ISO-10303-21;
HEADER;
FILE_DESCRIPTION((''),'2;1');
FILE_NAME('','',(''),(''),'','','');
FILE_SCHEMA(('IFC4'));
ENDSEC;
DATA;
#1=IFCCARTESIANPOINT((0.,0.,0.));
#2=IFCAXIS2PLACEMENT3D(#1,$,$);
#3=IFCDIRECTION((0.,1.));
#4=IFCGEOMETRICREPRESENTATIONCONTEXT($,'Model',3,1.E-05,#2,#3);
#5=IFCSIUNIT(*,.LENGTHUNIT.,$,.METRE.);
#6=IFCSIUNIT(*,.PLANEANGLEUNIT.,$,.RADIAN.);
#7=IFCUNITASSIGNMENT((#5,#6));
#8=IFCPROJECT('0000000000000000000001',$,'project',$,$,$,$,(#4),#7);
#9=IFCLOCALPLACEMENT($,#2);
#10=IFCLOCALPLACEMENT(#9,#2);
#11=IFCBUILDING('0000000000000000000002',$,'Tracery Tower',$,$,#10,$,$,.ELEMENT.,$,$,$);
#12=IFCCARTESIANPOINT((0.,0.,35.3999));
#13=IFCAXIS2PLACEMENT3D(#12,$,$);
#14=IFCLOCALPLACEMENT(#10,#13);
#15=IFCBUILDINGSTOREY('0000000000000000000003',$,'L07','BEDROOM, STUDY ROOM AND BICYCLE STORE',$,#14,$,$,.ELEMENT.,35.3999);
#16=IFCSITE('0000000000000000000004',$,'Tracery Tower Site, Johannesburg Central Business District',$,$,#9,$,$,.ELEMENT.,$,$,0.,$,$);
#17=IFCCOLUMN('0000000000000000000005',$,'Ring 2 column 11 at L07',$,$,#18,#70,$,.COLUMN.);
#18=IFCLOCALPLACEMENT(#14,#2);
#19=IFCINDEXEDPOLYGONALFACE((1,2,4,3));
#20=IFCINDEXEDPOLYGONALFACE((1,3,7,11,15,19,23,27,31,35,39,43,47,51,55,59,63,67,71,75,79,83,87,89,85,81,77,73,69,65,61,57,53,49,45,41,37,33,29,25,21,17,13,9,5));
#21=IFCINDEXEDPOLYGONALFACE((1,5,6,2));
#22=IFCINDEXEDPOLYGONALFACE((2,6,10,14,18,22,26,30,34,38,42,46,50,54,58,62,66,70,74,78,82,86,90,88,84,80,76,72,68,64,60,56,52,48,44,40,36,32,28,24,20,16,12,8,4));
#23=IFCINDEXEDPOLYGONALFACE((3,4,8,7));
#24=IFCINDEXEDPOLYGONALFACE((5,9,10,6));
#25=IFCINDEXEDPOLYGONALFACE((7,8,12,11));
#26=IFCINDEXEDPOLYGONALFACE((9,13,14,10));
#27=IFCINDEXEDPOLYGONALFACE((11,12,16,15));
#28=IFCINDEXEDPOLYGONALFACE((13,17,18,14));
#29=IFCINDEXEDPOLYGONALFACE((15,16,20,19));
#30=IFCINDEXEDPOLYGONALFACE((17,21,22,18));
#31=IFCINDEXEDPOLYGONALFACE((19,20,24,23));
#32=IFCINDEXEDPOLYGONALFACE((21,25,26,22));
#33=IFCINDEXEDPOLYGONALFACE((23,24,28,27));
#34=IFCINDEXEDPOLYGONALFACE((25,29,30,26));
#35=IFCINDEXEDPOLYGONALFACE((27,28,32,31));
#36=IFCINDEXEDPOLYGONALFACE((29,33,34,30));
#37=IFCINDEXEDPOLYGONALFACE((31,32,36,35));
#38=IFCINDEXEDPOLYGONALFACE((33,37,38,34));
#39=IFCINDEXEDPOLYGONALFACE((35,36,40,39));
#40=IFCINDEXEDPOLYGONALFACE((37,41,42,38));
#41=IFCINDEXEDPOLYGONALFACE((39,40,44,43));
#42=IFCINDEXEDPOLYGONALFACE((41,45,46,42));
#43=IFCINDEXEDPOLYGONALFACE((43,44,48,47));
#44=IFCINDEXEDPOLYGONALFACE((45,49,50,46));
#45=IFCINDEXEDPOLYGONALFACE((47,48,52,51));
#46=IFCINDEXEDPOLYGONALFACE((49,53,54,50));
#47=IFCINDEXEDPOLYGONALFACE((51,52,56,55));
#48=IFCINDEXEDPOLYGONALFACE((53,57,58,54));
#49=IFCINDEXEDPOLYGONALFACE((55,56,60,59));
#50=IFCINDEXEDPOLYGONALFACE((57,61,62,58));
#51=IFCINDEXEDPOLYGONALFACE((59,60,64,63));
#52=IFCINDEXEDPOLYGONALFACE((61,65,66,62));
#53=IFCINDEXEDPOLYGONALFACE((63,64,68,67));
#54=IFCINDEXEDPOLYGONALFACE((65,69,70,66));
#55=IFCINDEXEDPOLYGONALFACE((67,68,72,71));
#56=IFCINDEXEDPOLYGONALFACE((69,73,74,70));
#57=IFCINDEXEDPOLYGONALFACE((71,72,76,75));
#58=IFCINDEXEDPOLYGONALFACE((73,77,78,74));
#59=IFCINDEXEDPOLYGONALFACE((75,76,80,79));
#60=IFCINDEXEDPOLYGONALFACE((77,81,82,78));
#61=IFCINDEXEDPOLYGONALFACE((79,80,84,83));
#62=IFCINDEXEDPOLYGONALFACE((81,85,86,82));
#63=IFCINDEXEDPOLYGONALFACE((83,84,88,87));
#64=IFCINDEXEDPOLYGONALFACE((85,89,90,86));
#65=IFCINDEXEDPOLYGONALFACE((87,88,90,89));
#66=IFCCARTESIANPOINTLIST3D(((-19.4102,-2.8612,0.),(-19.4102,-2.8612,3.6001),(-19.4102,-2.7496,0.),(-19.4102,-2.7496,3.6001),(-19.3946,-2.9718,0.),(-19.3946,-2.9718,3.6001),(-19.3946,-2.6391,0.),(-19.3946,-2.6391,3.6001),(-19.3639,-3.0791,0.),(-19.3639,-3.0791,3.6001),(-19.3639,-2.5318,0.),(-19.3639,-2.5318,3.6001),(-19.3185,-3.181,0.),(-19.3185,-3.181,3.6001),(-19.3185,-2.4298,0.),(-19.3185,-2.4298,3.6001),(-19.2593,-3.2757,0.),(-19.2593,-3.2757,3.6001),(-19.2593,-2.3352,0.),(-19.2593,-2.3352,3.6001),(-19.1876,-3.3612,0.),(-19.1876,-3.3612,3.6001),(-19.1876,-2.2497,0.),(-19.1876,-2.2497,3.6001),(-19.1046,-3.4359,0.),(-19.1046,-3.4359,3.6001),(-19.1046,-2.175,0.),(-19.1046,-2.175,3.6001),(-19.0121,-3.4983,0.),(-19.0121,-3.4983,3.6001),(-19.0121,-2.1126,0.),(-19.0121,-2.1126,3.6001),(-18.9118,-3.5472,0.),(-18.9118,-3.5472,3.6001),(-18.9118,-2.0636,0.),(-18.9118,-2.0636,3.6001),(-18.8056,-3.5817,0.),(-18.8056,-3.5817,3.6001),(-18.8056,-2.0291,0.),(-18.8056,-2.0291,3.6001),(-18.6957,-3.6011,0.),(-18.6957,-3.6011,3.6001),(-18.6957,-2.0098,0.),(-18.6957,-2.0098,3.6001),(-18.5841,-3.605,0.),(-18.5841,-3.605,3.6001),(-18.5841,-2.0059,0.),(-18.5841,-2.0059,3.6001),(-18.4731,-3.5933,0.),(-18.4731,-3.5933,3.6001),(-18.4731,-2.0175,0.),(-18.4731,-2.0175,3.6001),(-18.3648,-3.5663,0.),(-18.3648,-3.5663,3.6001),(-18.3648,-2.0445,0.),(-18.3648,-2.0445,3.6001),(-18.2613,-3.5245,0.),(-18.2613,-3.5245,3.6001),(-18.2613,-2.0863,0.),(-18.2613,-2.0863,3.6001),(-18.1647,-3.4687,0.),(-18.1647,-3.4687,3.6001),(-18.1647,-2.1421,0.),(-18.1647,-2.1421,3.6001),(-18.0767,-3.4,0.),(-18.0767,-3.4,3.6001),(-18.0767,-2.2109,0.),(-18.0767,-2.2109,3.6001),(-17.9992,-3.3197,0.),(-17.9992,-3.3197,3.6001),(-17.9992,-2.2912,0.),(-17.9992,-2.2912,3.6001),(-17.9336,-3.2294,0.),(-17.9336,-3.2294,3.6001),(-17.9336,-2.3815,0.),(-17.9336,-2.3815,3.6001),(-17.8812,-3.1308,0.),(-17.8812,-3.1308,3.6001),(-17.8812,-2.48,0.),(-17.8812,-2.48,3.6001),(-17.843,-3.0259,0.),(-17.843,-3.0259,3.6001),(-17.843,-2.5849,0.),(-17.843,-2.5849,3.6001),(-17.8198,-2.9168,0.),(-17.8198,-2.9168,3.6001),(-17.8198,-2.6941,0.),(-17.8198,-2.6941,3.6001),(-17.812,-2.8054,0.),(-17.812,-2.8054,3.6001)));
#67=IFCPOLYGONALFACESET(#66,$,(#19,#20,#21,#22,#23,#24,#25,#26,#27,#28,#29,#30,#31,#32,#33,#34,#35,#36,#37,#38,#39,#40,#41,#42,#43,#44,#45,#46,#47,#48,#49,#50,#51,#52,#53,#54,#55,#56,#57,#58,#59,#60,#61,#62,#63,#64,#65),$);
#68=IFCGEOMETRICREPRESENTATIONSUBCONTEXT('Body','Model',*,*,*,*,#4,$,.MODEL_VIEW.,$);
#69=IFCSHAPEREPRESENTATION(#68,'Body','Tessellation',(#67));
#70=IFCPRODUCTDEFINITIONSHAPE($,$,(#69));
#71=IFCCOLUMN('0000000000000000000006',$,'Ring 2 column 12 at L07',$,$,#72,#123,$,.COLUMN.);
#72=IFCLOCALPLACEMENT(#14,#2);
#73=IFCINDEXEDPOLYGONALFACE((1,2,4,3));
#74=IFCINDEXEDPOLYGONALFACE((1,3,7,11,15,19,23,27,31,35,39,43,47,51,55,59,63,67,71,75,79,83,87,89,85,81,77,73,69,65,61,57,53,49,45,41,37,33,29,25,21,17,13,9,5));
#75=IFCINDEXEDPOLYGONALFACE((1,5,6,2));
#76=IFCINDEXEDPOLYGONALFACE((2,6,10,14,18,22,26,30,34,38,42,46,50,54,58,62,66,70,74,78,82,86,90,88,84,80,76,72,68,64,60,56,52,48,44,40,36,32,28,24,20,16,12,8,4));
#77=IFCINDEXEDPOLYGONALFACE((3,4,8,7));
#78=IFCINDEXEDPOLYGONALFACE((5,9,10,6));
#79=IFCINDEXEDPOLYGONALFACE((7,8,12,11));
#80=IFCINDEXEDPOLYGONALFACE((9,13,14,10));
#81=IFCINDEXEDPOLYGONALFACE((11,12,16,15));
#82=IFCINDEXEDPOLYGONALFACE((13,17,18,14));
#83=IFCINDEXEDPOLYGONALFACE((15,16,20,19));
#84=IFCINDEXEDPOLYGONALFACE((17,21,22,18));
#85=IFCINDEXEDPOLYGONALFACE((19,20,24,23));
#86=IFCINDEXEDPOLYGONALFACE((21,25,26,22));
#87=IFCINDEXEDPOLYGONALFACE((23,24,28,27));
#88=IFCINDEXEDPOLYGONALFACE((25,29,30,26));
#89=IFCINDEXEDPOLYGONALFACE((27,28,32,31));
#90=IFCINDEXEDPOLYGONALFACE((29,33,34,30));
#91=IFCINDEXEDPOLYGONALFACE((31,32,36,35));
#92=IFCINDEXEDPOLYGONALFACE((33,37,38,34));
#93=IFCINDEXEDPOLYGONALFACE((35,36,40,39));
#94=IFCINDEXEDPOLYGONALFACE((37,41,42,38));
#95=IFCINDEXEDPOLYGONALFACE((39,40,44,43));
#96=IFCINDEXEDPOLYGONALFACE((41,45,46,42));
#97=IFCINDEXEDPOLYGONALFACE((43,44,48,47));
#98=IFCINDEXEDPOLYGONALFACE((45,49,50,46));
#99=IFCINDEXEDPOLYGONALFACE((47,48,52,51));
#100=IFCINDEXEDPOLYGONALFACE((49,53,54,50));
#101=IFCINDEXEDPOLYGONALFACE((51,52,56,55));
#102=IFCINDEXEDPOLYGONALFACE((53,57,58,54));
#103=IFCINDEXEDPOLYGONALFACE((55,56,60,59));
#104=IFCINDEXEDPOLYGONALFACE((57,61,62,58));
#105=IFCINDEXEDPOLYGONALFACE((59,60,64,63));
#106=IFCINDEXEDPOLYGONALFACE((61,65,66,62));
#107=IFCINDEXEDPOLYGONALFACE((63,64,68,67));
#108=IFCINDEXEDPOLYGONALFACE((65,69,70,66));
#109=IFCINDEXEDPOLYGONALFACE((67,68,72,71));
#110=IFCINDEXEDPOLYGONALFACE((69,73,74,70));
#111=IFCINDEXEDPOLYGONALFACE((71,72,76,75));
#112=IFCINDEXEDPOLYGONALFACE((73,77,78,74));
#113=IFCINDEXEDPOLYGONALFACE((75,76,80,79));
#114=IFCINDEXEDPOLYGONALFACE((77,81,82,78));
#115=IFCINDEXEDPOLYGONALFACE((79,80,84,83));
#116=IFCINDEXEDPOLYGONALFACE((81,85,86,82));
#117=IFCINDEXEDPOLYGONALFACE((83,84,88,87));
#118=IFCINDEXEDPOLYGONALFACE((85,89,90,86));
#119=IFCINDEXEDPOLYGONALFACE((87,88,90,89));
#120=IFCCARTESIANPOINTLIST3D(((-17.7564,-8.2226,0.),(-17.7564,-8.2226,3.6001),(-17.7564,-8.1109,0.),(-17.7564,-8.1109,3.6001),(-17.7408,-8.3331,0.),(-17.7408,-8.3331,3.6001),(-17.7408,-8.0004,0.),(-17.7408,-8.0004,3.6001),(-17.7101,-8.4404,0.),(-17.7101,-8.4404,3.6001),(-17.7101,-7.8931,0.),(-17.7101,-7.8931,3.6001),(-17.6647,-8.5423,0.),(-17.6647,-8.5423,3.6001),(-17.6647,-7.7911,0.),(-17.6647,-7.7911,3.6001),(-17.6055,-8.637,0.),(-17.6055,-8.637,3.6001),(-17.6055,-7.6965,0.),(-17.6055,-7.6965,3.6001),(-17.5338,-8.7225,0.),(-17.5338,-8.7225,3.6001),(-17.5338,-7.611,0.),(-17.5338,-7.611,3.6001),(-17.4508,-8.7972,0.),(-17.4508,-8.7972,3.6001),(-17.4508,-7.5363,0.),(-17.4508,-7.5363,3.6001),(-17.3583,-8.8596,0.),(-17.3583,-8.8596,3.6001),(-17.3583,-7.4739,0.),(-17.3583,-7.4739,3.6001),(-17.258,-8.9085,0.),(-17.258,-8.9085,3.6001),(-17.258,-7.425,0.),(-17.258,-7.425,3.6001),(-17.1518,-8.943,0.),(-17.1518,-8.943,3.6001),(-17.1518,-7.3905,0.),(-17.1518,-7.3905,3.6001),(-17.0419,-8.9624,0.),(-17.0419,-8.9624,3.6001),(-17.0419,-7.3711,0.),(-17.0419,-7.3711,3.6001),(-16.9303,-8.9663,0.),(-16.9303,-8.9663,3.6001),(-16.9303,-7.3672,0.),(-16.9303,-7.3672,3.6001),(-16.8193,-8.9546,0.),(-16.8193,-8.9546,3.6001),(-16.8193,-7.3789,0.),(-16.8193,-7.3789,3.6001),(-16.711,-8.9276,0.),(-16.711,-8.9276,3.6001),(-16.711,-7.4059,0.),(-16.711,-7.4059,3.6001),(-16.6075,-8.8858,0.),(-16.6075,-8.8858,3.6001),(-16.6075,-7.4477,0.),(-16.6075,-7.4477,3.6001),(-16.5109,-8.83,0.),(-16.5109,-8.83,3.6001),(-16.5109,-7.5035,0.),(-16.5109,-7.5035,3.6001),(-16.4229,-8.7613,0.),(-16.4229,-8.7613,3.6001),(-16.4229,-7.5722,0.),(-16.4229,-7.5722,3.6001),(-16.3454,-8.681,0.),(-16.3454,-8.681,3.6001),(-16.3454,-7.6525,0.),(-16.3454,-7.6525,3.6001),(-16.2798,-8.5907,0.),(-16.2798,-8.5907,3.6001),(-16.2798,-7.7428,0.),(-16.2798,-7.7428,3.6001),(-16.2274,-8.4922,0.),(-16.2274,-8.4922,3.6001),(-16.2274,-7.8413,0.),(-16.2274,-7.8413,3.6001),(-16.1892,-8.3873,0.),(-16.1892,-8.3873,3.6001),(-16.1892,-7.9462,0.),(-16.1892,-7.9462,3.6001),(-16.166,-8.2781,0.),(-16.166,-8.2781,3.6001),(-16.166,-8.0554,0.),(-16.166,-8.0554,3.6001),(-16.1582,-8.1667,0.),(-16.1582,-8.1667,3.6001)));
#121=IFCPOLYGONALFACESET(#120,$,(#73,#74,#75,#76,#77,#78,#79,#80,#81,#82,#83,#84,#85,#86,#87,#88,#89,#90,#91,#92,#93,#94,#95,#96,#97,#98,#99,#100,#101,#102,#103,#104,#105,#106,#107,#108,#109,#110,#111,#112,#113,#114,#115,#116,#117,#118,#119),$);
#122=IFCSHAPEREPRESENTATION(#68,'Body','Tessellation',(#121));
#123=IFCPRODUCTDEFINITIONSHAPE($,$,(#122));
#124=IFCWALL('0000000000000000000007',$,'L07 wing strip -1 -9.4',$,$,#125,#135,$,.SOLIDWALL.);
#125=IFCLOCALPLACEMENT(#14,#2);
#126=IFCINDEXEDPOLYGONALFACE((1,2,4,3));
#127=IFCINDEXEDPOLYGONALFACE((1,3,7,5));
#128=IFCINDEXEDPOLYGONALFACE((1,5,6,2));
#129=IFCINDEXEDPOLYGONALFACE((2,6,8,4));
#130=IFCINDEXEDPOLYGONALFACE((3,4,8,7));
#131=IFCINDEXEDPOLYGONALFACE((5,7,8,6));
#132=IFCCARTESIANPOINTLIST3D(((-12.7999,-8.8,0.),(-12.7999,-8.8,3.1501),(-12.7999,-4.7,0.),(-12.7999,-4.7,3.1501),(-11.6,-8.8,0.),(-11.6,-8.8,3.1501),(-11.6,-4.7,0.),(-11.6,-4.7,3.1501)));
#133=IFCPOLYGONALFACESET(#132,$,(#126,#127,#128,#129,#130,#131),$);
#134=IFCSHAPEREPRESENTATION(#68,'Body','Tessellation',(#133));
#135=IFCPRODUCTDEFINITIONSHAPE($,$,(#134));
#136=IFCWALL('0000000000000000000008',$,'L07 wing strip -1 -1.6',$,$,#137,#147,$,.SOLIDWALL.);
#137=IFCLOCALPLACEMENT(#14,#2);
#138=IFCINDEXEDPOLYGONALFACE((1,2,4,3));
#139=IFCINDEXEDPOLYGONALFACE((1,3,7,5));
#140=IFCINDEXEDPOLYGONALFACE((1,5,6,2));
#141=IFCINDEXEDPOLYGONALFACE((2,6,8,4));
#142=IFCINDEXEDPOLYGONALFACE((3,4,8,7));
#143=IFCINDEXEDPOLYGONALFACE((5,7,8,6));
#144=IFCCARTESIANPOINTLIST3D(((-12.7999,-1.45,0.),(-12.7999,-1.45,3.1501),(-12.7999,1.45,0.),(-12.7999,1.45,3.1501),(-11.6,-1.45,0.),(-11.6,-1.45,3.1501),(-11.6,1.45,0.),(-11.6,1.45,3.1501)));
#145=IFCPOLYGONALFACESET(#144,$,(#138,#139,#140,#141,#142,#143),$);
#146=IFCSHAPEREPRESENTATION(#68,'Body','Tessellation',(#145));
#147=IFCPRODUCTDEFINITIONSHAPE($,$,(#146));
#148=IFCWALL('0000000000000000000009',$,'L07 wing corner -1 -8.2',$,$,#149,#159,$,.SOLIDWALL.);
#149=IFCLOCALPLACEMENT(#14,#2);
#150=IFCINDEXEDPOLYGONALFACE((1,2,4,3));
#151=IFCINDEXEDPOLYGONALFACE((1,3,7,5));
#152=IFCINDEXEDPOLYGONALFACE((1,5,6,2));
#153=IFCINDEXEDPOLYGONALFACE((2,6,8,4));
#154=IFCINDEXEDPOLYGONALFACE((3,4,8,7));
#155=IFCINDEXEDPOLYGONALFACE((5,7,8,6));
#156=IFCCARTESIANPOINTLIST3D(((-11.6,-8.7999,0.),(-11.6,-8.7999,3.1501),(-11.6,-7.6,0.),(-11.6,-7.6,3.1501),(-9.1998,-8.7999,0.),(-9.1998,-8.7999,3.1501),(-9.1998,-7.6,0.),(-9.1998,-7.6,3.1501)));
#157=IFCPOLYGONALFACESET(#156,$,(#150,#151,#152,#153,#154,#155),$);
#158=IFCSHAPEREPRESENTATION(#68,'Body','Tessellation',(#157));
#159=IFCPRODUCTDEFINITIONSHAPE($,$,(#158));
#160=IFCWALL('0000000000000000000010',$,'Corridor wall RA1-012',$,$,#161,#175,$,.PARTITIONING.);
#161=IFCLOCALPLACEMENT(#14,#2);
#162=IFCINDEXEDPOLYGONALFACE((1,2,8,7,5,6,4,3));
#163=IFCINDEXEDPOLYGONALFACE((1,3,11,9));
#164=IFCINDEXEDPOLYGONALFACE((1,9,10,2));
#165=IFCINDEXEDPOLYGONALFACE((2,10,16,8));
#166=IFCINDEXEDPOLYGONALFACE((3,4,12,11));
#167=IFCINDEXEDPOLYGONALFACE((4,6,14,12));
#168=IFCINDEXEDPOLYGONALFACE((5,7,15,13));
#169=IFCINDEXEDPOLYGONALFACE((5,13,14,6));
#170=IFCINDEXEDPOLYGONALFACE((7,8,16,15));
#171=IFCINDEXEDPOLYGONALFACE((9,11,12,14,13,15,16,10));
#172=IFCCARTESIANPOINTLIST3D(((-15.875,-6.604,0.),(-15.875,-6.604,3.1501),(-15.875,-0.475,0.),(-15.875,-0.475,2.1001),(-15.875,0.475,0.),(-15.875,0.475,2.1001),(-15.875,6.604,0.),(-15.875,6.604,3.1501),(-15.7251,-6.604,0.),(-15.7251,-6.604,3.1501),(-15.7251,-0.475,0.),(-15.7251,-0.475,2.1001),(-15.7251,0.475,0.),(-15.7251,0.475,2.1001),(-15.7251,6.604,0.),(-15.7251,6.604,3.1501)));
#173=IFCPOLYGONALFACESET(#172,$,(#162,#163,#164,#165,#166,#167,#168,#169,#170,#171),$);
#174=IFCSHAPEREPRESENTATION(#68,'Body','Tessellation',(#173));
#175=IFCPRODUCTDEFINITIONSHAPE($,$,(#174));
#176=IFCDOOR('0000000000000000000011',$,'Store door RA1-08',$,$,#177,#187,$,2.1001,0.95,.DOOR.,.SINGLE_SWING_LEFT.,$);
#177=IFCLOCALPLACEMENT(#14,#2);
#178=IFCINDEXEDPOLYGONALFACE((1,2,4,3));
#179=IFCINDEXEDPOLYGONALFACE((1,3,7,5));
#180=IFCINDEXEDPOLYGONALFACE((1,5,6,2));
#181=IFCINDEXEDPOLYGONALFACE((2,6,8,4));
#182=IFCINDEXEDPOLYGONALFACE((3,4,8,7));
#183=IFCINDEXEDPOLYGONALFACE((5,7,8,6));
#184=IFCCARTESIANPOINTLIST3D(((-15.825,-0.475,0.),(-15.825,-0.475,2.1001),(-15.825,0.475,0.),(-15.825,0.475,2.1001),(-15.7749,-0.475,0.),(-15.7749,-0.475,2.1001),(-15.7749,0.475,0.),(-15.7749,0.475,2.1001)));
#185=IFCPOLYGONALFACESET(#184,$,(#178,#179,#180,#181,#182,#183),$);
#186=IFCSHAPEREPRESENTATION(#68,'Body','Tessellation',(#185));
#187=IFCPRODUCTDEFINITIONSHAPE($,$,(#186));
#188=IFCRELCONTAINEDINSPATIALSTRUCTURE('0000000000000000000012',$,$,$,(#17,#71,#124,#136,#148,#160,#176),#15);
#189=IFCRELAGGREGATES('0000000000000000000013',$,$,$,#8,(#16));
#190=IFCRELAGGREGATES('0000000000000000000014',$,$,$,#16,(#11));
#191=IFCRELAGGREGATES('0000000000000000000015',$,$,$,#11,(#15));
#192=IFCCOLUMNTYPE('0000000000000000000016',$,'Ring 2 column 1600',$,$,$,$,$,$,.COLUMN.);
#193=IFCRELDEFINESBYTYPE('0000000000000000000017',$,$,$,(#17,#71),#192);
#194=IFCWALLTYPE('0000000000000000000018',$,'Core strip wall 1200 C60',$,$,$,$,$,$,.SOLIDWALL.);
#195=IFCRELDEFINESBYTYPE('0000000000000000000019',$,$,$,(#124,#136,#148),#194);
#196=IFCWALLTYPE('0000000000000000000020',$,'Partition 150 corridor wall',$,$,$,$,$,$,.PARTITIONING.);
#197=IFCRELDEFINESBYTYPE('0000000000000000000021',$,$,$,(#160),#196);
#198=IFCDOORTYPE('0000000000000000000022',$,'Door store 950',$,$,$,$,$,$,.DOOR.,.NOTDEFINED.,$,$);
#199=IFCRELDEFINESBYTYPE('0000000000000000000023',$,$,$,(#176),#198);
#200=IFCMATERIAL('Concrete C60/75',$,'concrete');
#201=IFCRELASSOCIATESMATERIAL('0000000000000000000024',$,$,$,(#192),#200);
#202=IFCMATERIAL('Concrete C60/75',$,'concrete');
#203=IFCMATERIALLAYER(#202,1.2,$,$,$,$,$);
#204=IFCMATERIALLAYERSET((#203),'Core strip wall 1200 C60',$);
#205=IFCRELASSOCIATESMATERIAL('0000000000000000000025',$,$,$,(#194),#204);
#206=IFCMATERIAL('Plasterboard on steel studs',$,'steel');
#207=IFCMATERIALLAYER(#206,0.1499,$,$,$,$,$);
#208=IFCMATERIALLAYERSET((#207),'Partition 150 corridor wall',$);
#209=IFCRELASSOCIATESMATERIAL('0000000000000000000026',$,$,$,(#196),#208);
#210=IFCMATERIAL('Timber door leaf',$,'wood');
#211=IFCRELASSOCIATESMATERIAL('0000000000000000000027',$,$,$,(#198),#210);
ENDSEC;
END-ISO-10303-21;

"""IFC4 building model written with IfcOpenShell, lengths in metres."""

from ifc_helpers import new_model, si_unit, direction, frame, frame_2d, origin, origin_2d, place, context, subcontext, project, spatial, rectangle, circle, extrude, material, layer, layer_set, material_profile, profile_set, type_object, element, fill, save


model = new_model("IFC4")

# Units and contexts
model_context = context("Model", 3, precision=1e-05, world=origin(), true_north=direction((0.0, 1.0)))
body_context = subcontext(model_context, "Body", "Model", "MODEL_VIEW")
ifc_project = project(units=[si_unit("LENGTHUNIT", "METRE"), si_unit("PLANEANGLEUNIT", "RADIAN")], contexts=[model_context])

# Site, building, storey
site_placement = place(None, origin())
site = spatial("IfcSite", under=ifc_project, at=site_placement, Name="Tracery Tower Site, Johannesburg Central Business District", CompositionType="ELEMENT", RefElevation=0.0)
building_placement = place(site_placement, origin())
building = spatial("IfcBuilding", under=site, at=building_placement, Name="Tracery Tower", CompositionType="ELEMENT")
storey_placement = place(building_placement, frame((0.0, 0.0, 35.3999)))
storey = spatial("IfcBuildingStorey", under=building, at=storey_placement, Name="L07", Description="BEDROOM, STUDY ROOM AND BICYCLE STORE", CompositionType="ELEMENT", Elevation=35.3999)

# Columns
ifc_material_1 = material(Name="Concrete C60/75", Category="concrete")
ifc_material_profile = material_profile(ifc_material_1, circle(Radius=0.8, at=origin_2d()), Name="RC D1600")
ifc_profile_set = profile_set([ifc_material_profile], Name="Concrete C60/75")
column_type = type_object("IfcColumnType", Name="Ring 2 column 1600", PredefinedType="COLUMN", material=ifc_profile_set)
for number, where, z_axis, x_axis, name in (
    (1, (-18.6121, -2.8054, 0.0), (0.0, 0.0, 1.0), (1.0, 0.0, 0.0), "Ring 2 column 11 at L07"),
    (2, (-16.9583, -8.1667, 0.0), (0.0, 0.0, 1.0), (1.0, 0.0, 0.0), "Ring 2 column 12 at L07"),
):
    element("IfcColumn", number, at=place(storey_placement, frame(where, z_axis=z_axis, x_axis=x_axis)), inside=storey, type_object=column_type, Name=name, PredefinedType="COLUMN", context=body_context, shape_type="SweptSolid", body=[
        extrude(circle(Radius=0.8, at=origin_2d()), origin(), (0.0, 0.0, 1.0), 3.6001),
    ])

# Walls
ifc_material_2 = material(Name="Concrete C60/75", Category="concrete")
ifc_layer_1 = layer(ifc_material_2, 1.2)
ifc_layer_set_1 = layer_set([ifc_layer_1], Name="Core strip wall 1200 C60")
wall_type_1 = type_object("IfcWallType", Name="Core strip wall 1200 C60", PredefinedType="SOLIDWALL", material=ifc_layer_set_1)
wall_1_placement = place(storey_placement, frame((-12.2, -8.8, 0.0), z_axis=(0.0, 0.0, 1.0), x_axis=(0.0, 1.0, 0.0)))
element("IfcWall", 3, at=wall_1_placement, inside=storey, type_object=wall_type_1, Name="L07 wing strip -1 -9.4", PredefinedType="SOLIDWALL", context=body_context, shape_type="SweptSolid", body=[
    extrude(rectangle(XDim=4.1001, YDim=1.2, at=frame_2d((2.05, 0.0))), origin(), (0.0, 0.0, 1.0), 3.1501),
])
wall_2_placement = place(storey_placement, frame((-12.2, -1.45, 0.0), z_axis=(0.0, 0.0, 1.0), x_axis=(0.0, 1.0, 0.0)))
element("IfcWall", 4, at=wall_2_placement, inside=storey, type_object=wall_type_1, Name="L07 wing strip -1 -1.6", PredefinedType="SOLIDWALL", context=body_context, shape_type="SweptSolid", body=[
    extrude(rectangle(XDim=2.8999, YDim=1.2, at=frame_2d((1.45, 0.0))), origin(), (0.0, 0.0, 1.0), 3.1501),
])
wall_3_placement = place(storey_placement, frame((-11.6001, -8.2, 0.0), z_axis=(0.0, 0.0, 1.0), x_axis=(1.0, 0.0, 0.0)))
element("IfcWall", 5, at=wall_3_placement, inside=storey, type_object=wall_type_1, Name="L07 wing corner -1 -8.2", PredefinedType="SOLIDWALL", context=body_context, shape_type="SweptSolid", body=[
    extrude(rectangle(XDim=2.4001, YDim=1.2, at=frame_2d((1.2002, 0.0))), origin(), (0.0, 0.0, 1.0), 3.1501),
])

# Wall, opening, door
ifc_material_3 = material(Name="Plasterboard on steel studs", Category="steel")
ifc_layer_2 = layer(ifc_material_3, 0.1499)
ifc_layer_set_2 = layer_set([ifc_layer_2], Name="Partition 150 corridor wall")
wall_type_2 = type_object("IfcWallType", Name="Partition 150 corridor wall", PredefinedType="PARTITIONING", material=ifc_layer_set_2)
wall_4_placement = place(storey_placement, frame((-15.8, -6.604, 0.0), z_axis=(0.0, 0.0, 1.0), x_axis=(0.0, 1.0, 0.0)))
wall_4 = element("IfcWall", 6, at=wall_4_placement, inside=storey, type_object=wall_type_2, Name="Corridor wall RA1-012", PredefinedType="PARTITIONING", context=body_context, shape_type="SweptSolid", body=[
    extrude(rectangle(XDim=13.208, YDim=0.1499, at=frame_2d((6.604, 0.0))), origin(), (0.0, 0.0, 1.0), 3.1501),
])
opening_1_placement = place(wall_4_placement, frame((6.1289, 0.0, 0.0)))
opening_1 = element("IfcOpeningElement", 7, at=opening_1_placement, cuts=wall_4, PredefinedType="OPENING", context=body_context, shape_type="SweptSolid", body=[
    extrude(rectangle(XDim=0.95, YDim=2.1001, at=frame_2d((0.4751, 1.05))), frame((0.0, 0.075, 0.0), z_axis=(0.0, -1.0, 0.0), x_axis=(1.0, 0.0, 0.0)), (0.0, 0.0, 1.0), 0.1499),
])
ifc_material_4 = material(Name="Timber door leaf", Category="wood")
door_type_1 = type_object("IfcDoorType", Name="Door store 950", OperationType="NOTDEFINED", PredefinedType="DOOR", material=ifc_material_4)
door_1_placement = place(opening_1_placement, origin())
door_1 = element("IfcDoor", 8, at=door_1_placement, inside=storey, type_object=door_type_1, Name="Store door RA1-08", OperationType="SINGLE_SWING_LEFT", OverallHeight=2.1001, OverallWidth=0.95, PredefinedType="DOOR", context=body_context, shape_type="SweptSolid", body=[
    extrude(rectangle(XDim=0.95, YDim=2.1001, at=frame_2d((0.4751, 1.05))), frame((0.0, 0.0249, 0.0), z_axis=(0.0, -1.0, 0.0), x_axis=(1.0, 0.0, 0.0)), (0.0, 0.0, 1.0), 0.05),
])
fill(opening_1, door_1)

save(model, "model.ifc")
